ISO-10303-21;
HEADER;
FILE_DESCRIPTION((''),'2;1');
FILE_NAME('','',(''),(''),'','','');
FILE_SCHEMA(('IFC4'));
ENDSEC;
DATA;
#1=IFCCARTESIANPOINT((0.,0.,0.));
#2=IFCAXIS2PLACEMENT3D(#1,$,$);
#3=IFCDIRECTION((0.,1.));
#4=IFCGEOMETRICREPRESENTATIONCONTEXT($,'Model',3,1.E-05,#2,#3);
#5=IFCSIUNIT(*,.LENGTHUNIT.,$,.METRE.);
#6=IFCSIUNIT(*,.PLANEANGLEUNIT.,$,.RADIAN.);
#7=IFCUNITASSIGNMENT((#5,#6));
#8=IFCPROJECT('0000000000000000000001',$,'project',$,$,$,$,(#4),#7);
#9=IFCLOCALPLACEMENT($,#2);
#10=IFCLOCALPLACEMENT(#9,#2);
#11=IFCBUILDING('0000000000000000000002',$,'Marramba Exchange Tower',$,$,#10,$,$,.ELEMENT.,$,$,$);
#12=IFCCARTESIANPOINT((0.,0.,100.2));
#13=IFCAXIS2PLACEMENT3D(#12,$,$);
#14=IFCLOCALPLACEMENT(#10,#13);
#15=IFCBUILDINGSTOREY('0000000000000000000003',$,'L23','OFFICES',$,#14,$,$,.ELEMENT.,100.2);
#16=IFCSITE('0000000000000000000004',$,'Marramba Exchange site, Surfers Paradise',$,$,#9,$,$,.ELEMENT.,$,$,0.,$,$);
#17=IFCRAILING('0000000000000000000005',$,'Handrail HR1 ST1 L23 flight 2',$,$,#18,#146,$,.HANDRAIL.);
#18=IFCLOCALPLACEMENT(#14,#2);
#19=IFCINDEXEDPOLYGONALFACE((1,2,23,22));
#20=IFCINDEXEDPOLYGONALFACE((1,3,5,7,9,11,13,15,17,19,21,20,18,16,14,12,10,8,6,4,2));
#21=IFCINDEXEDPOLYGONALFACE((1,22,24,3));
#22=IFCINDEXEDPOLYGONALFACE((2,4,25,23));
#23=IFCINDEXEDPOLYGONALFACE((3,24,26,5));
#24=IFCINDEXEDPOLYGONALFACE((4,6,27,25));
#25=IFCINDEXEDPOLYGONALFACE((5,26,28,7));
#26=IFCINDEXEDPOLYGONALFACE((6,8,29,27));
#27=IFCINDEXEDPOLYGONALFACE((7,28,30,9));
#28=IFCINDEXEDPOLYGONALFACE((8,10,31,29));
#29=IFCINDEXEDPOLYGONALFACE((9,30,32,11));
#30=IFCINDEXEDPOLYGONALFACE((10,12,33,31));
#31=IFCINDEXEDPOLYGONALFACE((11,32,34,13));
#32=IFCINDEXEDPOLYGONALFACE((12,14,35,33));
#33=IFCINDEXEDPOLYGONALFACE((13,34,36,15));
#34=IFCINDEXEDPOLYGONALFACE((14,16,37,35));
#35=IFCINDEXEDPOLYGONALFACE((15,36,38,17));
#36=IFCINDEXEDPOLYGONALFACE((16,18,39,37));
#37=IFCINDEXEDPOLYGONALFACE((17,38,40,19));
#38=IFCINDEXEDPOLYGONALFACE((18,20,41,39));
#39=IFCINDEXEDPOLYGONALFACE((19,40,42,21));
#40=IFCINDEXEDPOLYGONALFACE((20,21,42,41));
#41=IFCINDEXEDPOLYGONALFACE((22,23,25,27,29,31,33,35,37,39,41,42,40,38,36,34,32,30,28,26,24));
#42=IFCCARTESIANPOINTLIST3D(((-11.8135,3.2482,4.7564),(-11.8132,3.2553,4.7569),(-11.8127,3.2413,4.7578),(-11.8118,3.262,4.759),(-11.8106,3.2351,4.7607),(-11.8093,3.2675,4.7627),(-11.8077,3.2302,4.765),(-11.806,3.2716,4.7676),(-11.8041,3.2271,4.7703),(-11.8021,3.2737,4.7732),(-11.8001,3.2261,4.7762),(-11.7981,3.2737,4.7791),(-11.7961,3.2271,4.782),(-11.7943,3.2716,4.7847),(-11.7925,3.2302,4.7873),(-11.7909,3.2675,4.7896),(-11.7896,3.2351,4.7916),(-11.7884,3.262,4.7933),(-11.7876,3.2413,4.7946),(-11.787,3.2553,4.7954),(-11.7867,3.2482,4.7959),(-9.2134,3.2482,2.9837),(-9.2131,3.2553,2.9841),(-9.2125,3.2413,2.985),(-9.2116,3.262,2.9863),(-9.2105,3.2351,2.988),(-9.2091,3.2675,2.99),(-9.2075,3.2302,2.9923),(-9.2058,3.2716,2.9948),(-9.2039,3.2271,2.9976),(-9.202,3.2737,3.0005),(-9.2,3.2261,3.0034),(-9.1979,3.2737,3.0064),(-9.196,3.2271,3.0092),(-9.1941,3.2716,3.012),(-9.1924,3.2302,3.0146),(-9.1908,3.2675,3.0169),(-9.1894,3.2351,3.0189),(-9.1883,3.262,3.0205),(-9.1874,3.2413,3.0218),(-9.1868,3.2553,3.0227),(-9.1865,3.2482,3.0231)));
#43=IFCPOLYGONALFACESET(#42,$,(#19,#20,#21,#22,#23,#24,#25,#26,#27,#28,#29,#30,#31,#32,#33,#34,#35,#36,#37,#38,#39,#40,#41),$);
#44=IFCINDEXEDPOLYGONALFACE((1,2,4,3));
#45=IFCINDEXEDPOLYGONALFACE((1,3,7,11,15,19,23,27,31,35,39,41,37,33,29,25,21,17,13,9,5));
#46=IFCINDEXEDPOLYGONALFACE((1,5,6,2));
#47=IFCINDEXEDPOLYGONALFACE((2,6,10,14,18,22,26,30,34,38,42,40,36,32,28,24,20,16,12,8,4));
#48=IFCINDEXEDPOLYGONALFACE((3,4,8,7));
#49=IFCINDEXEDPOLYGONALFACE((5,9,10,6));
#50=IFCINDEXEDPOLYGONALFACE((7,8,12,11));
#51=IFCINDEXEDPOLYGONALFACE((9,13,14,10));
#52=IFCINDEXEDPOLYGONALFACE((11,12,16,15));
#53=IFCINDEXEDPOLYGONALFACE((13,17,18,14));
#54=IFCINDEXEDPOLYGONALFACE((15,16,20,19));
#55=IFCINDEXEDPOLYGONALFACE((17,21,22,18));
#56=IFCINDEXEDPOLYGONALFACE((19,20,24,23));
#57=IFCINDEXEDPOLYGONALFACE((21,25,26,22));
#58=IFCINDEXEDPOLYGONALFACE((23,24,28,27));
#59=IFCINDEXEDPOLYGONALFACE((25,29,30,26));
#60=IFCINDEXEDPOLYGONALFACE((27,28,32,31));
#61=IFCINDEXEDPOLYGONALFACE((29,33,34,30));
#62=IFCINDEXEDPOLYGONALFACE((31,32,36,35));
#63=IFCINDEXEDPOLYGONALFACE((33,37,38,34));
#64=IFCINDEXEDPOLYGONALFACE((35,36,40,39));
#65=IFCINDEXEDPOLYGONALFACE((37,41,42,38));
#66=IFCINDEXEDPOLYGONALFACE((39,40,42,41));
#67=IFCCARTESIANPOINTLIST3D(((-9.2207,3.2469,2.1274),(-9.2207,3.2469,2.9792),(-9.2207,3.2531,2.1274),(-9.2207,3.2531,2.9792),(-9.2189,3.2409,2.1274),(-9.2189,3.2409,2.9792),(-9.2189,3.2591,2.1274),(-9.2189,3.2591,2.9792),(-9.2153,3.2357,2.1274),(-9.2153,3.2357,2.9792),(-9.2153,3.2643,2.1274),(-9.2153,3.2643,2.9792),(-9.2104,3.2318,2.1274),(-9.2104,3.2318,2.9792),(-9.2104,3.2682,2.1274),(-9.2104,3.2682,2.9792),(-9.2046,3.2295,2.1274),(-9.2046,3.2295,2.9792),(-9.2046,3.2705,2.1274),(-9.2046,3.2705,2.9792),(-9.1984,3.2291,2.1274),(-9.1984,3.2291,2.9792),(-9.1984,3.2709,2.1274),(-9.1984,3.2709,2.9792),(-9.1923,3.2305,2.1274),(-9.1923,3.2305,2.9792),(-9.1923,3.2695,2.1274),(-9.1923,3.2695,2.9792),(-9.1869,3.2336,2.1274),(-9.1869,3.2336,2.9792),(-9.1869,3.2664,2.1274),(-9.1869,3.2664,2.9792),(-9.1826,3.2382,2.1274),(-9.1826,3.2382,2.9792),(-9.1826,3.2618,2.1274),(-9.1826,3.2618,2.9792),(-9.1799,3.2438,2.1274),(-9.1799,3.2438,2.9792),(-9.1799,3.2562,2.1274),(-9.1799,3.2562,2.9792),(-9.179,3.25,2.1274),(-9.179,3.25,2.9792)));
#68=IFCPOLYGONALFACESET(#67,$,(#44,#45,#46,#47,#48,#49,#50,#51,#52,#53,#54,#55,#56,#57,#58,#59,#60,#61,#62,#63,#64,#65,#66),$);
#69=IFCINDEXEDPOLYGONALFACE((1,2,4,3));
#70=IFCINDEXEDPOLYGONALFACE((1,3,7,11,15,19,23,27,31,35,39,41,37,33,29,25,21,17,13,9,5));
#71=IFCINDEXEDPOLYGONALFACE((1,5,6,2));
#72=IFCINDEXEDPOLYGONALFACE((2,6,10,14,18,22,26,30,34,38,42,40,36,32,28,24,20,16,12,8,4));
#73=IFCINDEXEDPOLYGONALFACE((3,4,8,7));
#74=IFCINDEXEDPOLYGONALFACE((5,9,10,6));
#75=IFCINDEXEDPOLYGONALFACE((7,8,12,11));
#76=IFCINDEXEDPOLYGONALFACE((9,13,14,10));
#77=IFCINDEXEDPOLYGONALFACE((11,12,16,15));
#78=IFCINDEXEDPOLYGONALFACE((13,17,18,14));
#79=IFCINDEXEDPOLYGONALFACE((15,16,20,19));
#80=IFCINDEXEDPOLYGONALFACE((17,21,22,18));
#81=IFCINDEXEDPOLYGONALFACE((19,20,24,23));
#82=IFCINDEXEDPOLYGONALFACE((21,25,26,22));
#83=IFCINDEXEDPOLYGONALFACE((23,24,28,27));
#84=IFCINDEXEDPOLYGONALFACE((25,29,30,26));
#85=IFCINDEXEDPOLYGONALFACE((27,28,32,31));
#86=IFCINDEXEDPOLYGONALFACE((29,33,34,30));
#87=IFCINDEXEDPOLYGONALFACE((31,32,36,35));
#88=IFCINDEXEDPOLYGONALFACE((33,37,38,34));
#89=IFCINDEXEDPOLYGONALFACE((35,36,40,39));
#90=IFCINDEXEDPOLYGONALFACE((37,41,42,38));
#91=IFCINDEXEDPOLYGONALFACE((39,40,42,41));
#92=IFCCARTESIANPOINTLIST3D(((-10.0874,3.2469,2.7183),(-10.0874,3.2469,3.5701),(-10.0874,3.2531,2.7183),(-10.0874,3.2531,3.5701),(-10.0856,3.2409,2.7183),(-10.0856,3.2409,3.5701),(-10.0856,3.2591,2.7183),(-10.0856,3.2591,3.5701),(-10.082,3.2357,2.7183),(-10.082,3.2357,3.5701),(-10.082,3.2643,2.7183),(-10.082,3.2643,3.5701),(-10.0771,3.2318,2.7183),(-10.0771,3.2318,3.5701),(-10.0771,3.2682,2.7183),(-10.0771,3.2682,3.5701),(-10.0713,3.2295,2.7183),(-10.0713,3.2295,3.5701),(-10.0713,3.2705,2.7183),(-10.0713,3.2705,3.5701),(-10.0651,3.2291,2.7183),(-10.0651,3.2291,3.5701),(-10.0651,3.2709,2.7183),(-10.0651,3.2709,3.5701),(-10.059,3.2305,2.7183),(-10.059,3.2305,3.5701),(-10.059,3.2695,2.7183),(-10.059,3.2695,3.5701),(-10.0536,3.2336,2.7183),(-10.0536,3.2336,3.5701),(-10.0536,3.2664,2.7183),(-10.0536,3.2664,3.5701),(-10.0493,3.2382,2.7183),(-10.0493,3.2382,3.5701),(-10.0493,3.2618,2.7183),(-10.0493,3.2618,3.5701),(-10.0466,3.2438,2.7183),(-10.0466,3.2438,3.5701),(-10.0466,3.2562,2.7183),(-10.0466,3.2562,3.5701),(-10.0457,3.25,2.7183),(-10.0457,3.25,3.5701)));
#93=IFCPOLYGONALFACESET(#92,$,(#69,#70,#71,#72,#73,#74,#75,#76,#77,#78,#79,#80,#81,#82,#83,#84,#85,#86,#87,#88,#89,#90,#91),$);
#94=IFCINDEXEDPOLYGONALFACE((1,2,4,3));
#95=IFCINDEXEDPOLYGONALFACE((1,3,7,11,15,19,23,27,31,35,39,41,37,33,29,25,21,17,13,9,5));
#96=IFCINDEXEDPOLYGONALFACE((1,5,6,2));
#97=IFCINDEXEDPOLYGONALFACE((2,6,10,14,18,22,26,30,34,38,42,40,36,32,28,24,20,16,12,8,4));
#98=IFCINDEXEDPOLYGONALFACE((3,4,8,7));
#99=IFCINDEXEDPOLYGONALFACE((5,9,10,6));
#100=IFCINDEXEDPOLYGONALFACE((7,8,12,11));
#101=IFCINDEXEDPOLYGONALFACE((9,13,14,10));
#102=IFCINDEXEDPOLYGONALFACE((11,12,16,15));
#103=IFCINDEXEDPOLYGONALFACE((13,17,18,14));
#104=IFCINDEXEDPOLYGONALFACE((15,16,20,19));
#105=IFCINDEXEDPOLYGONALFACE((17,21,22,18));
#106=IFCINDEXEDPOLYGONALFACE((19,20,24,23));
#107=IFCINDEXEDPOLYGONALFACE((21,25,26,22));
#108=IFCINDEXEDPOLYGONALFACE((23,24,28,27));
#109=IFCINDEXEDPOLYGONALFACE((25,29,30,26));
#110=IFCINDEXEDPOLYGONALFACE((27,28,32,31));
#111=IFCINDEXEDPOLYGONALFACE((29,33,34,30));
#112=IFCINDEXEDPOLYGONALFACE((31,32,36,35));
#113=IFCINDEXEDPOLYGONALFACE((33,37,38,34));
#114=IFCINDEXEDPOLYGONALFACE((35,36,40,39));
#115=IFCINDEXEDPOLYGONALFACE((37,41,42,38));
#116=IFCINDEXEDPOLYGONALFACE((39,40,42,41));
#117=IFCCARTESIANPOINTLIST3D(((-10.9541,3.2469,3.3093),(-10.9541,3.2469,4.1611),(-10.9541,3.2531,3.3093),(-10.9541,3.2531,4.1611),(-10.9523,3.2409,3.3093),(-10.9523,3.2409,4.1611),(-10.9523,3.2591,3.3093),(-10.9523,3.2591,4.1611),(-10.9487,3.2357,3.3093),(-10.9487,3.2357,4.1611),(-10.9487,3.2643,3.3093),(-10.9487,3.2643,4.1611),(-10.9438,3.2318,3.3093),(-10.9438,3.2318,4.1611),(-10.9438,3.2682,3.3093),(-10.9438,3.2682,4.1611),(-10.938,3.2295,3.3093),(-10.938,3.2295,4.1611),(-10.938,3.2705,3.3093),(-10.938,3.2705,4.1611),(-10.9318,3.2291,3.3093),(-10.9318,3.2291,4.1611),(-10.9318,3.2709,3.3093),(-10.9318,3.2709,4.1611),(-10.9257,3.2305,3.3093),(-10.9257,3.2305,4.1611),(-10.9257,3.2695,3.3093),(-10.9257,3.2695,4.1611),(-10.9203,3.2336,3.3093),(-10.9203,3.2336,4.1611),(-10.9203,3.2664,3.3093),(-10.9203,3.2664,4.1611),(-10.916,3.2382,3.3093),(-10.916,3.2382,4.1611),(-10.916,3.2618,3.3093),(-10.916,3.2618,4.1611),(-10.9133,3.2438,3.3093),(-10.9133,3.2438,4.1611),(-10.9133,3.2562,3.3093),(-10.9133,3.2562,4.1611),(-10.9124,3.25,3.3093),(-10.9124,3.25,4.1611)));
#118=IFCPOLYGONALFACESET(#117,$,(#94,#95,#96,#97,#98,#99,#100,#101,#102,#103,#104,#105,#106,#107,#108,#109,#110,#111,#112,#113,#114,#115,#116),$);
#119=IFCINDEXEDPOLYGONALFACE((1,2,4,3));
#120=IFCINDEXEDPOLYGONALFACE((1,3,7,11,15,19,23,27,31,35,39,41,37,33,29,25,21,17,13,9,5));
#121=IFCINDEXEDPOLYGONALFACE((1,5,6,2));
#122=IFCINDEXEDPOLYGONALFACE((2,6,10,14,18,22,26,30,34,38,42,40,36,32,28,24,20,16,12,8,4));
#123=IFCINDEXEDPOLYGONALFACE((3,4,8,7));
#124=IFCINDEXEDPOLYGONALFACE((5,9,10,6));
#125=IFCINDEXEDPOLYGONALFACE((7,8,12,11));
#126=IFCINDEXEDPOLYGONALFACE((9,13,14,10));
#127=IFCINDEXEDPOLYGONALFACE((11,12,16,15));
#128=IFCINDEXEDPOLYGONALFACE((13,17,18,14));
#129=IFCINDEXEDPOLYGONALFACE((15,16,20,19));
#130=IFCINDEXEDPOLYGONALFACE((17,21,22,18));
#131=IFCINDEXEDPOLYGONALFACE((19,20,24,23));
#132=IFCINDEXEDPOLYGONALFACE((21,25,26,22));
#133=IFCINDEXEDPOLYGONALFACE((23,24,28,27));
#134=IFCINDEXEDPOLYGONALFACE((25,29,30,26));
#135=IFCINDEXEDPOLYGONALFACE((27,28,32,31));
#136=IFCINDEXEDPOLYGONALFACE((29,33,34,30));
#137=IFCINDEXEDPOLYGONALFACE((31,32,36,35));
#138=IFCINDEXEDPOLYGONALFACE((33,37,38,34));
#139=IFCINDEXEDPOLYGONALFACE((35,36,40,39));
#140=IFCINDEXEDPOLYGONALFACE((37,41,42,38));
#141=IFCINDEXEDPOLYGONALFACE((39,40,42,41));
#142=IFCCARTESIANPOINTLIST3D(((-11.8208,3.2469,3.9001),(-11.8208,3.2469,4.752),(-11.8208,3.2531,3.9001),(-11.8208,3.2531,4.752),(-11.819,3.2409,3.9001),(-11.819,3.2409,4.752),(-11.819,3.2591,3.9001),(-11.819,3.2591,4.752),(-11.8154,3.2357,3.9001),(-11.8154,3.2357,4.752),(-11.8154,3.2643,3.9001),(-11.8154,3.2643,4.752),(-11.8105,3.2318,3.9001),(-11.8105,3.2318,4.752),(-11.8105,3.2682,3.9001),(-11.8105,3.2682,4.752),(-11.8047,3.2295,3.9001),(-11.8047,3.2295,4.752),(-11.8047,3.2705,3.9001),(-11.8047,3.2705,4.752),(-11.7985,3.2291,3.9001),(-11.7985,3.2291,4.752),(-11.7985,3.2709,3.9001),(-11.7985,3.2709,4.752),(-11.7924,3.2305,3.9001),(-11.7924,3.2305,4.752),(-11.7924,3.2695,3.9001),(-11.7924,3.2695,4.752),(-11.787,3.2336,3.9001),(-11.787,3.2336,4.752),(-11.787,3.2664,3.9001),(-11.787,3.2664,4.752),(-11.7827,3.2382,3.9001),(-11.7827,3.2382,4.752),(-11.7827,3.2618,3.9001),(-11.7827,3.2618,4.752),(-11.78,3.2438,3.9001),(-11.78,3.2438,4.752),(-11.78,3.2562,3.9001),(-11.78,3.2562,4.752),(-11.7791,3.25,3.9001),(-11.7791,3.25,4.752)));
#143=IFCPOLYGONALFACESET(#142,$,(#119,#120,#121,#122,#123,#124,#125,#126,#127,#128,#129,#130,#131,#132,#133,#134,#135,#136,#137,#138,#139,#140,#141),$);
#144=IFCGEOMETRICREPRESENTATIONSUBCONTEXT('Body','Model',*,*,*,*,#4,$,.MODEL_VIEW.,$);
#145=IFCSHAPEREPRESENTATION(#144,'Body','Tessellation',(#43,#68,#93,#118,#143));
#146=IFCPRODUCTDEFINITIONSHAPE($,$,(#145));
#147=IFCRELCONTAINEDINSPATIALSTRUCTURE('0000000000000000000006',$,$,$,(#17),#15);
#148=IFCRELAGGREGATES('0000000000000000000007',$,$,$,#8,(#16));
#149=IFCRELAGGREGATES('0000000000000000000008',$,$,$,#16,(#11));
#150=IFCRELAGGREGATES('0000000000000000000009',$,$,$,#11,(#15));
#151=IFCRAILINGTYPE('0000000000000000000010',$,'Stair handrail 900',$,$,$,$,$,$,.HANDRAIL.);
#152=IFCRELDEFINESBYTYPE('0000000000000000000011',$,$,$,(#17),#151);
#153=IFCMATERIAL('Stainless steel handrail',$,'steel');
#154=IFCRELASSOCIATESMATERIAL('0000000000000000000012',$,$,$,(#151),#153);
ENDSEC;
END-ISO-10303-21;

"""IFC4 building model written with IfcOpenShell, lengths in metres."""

from ifc_helpers import new_model, si_unit, direction, frame, origin, origin_2d, place, context, subcontext, project, spatial, circle, extrude, material, type_object, element, save


model = new_model("IFC4")

# Units and contexts
model_context = context("Model", 3, precision=1e-05, world=origin(), true_north=direction((0.0, 1.0)))
body_context = subcontext(model_context, "Body", "Model", "MODEL_VIEW")
ifc_project = project(units=[si_unit("LENGTHUNIT", "METRE"), si_unit("PLANEANGLEUNIT", "RADIAN")], contexts=[model_context])

# Site, building, storey
site_placement = place(None, origin())
site = spatial("IfcSite", under=ifc_project, at=site_placement, Name="Marramba Exchange site, Surfers Paradise", CompositionType="ELEMENT", RefElevation=0.0)
building_placement = place(site_placement, origin())
building = spatial("IfcBuilding", under=site, at=building_placement, Name="Marramba Exchange Tower", CompositionType="ELEMENT")
storey_placement = place(building_placement, frame((0.0, 0.0, 100.2)))
storey = spatial("IfcBuildingStorey", under=building, at=storey_placement, Name="L23", Description="OFFICES", CompositionType="ELEMENT", Elevation=100.2)

# Railing
ifc_material_1 = material(Name="Stainless steel handrail", Category="steel")
railing_type = type_object("IfcRailingType", Name="Stair handrail 900", PredefinedType="HANDRAIL", material=ifc_material_1)
railing_placement = place(storey_placement, frame((-9.2, 3.25, 2.1274)))
element("IfcRailing", 1, at=railing_placement, inside=storey, type_object=railing_type, Name="Handrail HR1 ST1 L23 flight 2", PredefinedType="HANDRAIL", context=body_context, shape_type="SweptSolid", body=[
    extrude(circle(Radius=0.0239, at=origin_2d()), frame((0.0, 0.0, 0.876), z_axis=(-0.82624, 0.0, 0.563318), x_axis=(0.0, -1.0, 0.0)), (0.0, 0.0, 1.0), 3.147),
    extrude(circle(Radius=0.021, at=origin_2d()), origin(), (0.0, 0.0, 1.0), 0.8518),
    extrude(circle(Radius=0.021, at=origin_2d()), frame((-0.8667, 0.0, 0.5908)), (0.0, 0.0, 1.0), 0.8518),
    extrude(circle(Radius=0.021, at=origin_2d()), frame((-1.7334, 0.0, 1.1819)), (0.0, 0.0, 1.0), 0.8518),
    extrude(circle(Radius=0.021, at=origin_2d()), frame((-2.6001, 0.0, 1.7727)), (0.0, 0.0, 1.0), 0.8518),
])

save(model, "model.ifc")
